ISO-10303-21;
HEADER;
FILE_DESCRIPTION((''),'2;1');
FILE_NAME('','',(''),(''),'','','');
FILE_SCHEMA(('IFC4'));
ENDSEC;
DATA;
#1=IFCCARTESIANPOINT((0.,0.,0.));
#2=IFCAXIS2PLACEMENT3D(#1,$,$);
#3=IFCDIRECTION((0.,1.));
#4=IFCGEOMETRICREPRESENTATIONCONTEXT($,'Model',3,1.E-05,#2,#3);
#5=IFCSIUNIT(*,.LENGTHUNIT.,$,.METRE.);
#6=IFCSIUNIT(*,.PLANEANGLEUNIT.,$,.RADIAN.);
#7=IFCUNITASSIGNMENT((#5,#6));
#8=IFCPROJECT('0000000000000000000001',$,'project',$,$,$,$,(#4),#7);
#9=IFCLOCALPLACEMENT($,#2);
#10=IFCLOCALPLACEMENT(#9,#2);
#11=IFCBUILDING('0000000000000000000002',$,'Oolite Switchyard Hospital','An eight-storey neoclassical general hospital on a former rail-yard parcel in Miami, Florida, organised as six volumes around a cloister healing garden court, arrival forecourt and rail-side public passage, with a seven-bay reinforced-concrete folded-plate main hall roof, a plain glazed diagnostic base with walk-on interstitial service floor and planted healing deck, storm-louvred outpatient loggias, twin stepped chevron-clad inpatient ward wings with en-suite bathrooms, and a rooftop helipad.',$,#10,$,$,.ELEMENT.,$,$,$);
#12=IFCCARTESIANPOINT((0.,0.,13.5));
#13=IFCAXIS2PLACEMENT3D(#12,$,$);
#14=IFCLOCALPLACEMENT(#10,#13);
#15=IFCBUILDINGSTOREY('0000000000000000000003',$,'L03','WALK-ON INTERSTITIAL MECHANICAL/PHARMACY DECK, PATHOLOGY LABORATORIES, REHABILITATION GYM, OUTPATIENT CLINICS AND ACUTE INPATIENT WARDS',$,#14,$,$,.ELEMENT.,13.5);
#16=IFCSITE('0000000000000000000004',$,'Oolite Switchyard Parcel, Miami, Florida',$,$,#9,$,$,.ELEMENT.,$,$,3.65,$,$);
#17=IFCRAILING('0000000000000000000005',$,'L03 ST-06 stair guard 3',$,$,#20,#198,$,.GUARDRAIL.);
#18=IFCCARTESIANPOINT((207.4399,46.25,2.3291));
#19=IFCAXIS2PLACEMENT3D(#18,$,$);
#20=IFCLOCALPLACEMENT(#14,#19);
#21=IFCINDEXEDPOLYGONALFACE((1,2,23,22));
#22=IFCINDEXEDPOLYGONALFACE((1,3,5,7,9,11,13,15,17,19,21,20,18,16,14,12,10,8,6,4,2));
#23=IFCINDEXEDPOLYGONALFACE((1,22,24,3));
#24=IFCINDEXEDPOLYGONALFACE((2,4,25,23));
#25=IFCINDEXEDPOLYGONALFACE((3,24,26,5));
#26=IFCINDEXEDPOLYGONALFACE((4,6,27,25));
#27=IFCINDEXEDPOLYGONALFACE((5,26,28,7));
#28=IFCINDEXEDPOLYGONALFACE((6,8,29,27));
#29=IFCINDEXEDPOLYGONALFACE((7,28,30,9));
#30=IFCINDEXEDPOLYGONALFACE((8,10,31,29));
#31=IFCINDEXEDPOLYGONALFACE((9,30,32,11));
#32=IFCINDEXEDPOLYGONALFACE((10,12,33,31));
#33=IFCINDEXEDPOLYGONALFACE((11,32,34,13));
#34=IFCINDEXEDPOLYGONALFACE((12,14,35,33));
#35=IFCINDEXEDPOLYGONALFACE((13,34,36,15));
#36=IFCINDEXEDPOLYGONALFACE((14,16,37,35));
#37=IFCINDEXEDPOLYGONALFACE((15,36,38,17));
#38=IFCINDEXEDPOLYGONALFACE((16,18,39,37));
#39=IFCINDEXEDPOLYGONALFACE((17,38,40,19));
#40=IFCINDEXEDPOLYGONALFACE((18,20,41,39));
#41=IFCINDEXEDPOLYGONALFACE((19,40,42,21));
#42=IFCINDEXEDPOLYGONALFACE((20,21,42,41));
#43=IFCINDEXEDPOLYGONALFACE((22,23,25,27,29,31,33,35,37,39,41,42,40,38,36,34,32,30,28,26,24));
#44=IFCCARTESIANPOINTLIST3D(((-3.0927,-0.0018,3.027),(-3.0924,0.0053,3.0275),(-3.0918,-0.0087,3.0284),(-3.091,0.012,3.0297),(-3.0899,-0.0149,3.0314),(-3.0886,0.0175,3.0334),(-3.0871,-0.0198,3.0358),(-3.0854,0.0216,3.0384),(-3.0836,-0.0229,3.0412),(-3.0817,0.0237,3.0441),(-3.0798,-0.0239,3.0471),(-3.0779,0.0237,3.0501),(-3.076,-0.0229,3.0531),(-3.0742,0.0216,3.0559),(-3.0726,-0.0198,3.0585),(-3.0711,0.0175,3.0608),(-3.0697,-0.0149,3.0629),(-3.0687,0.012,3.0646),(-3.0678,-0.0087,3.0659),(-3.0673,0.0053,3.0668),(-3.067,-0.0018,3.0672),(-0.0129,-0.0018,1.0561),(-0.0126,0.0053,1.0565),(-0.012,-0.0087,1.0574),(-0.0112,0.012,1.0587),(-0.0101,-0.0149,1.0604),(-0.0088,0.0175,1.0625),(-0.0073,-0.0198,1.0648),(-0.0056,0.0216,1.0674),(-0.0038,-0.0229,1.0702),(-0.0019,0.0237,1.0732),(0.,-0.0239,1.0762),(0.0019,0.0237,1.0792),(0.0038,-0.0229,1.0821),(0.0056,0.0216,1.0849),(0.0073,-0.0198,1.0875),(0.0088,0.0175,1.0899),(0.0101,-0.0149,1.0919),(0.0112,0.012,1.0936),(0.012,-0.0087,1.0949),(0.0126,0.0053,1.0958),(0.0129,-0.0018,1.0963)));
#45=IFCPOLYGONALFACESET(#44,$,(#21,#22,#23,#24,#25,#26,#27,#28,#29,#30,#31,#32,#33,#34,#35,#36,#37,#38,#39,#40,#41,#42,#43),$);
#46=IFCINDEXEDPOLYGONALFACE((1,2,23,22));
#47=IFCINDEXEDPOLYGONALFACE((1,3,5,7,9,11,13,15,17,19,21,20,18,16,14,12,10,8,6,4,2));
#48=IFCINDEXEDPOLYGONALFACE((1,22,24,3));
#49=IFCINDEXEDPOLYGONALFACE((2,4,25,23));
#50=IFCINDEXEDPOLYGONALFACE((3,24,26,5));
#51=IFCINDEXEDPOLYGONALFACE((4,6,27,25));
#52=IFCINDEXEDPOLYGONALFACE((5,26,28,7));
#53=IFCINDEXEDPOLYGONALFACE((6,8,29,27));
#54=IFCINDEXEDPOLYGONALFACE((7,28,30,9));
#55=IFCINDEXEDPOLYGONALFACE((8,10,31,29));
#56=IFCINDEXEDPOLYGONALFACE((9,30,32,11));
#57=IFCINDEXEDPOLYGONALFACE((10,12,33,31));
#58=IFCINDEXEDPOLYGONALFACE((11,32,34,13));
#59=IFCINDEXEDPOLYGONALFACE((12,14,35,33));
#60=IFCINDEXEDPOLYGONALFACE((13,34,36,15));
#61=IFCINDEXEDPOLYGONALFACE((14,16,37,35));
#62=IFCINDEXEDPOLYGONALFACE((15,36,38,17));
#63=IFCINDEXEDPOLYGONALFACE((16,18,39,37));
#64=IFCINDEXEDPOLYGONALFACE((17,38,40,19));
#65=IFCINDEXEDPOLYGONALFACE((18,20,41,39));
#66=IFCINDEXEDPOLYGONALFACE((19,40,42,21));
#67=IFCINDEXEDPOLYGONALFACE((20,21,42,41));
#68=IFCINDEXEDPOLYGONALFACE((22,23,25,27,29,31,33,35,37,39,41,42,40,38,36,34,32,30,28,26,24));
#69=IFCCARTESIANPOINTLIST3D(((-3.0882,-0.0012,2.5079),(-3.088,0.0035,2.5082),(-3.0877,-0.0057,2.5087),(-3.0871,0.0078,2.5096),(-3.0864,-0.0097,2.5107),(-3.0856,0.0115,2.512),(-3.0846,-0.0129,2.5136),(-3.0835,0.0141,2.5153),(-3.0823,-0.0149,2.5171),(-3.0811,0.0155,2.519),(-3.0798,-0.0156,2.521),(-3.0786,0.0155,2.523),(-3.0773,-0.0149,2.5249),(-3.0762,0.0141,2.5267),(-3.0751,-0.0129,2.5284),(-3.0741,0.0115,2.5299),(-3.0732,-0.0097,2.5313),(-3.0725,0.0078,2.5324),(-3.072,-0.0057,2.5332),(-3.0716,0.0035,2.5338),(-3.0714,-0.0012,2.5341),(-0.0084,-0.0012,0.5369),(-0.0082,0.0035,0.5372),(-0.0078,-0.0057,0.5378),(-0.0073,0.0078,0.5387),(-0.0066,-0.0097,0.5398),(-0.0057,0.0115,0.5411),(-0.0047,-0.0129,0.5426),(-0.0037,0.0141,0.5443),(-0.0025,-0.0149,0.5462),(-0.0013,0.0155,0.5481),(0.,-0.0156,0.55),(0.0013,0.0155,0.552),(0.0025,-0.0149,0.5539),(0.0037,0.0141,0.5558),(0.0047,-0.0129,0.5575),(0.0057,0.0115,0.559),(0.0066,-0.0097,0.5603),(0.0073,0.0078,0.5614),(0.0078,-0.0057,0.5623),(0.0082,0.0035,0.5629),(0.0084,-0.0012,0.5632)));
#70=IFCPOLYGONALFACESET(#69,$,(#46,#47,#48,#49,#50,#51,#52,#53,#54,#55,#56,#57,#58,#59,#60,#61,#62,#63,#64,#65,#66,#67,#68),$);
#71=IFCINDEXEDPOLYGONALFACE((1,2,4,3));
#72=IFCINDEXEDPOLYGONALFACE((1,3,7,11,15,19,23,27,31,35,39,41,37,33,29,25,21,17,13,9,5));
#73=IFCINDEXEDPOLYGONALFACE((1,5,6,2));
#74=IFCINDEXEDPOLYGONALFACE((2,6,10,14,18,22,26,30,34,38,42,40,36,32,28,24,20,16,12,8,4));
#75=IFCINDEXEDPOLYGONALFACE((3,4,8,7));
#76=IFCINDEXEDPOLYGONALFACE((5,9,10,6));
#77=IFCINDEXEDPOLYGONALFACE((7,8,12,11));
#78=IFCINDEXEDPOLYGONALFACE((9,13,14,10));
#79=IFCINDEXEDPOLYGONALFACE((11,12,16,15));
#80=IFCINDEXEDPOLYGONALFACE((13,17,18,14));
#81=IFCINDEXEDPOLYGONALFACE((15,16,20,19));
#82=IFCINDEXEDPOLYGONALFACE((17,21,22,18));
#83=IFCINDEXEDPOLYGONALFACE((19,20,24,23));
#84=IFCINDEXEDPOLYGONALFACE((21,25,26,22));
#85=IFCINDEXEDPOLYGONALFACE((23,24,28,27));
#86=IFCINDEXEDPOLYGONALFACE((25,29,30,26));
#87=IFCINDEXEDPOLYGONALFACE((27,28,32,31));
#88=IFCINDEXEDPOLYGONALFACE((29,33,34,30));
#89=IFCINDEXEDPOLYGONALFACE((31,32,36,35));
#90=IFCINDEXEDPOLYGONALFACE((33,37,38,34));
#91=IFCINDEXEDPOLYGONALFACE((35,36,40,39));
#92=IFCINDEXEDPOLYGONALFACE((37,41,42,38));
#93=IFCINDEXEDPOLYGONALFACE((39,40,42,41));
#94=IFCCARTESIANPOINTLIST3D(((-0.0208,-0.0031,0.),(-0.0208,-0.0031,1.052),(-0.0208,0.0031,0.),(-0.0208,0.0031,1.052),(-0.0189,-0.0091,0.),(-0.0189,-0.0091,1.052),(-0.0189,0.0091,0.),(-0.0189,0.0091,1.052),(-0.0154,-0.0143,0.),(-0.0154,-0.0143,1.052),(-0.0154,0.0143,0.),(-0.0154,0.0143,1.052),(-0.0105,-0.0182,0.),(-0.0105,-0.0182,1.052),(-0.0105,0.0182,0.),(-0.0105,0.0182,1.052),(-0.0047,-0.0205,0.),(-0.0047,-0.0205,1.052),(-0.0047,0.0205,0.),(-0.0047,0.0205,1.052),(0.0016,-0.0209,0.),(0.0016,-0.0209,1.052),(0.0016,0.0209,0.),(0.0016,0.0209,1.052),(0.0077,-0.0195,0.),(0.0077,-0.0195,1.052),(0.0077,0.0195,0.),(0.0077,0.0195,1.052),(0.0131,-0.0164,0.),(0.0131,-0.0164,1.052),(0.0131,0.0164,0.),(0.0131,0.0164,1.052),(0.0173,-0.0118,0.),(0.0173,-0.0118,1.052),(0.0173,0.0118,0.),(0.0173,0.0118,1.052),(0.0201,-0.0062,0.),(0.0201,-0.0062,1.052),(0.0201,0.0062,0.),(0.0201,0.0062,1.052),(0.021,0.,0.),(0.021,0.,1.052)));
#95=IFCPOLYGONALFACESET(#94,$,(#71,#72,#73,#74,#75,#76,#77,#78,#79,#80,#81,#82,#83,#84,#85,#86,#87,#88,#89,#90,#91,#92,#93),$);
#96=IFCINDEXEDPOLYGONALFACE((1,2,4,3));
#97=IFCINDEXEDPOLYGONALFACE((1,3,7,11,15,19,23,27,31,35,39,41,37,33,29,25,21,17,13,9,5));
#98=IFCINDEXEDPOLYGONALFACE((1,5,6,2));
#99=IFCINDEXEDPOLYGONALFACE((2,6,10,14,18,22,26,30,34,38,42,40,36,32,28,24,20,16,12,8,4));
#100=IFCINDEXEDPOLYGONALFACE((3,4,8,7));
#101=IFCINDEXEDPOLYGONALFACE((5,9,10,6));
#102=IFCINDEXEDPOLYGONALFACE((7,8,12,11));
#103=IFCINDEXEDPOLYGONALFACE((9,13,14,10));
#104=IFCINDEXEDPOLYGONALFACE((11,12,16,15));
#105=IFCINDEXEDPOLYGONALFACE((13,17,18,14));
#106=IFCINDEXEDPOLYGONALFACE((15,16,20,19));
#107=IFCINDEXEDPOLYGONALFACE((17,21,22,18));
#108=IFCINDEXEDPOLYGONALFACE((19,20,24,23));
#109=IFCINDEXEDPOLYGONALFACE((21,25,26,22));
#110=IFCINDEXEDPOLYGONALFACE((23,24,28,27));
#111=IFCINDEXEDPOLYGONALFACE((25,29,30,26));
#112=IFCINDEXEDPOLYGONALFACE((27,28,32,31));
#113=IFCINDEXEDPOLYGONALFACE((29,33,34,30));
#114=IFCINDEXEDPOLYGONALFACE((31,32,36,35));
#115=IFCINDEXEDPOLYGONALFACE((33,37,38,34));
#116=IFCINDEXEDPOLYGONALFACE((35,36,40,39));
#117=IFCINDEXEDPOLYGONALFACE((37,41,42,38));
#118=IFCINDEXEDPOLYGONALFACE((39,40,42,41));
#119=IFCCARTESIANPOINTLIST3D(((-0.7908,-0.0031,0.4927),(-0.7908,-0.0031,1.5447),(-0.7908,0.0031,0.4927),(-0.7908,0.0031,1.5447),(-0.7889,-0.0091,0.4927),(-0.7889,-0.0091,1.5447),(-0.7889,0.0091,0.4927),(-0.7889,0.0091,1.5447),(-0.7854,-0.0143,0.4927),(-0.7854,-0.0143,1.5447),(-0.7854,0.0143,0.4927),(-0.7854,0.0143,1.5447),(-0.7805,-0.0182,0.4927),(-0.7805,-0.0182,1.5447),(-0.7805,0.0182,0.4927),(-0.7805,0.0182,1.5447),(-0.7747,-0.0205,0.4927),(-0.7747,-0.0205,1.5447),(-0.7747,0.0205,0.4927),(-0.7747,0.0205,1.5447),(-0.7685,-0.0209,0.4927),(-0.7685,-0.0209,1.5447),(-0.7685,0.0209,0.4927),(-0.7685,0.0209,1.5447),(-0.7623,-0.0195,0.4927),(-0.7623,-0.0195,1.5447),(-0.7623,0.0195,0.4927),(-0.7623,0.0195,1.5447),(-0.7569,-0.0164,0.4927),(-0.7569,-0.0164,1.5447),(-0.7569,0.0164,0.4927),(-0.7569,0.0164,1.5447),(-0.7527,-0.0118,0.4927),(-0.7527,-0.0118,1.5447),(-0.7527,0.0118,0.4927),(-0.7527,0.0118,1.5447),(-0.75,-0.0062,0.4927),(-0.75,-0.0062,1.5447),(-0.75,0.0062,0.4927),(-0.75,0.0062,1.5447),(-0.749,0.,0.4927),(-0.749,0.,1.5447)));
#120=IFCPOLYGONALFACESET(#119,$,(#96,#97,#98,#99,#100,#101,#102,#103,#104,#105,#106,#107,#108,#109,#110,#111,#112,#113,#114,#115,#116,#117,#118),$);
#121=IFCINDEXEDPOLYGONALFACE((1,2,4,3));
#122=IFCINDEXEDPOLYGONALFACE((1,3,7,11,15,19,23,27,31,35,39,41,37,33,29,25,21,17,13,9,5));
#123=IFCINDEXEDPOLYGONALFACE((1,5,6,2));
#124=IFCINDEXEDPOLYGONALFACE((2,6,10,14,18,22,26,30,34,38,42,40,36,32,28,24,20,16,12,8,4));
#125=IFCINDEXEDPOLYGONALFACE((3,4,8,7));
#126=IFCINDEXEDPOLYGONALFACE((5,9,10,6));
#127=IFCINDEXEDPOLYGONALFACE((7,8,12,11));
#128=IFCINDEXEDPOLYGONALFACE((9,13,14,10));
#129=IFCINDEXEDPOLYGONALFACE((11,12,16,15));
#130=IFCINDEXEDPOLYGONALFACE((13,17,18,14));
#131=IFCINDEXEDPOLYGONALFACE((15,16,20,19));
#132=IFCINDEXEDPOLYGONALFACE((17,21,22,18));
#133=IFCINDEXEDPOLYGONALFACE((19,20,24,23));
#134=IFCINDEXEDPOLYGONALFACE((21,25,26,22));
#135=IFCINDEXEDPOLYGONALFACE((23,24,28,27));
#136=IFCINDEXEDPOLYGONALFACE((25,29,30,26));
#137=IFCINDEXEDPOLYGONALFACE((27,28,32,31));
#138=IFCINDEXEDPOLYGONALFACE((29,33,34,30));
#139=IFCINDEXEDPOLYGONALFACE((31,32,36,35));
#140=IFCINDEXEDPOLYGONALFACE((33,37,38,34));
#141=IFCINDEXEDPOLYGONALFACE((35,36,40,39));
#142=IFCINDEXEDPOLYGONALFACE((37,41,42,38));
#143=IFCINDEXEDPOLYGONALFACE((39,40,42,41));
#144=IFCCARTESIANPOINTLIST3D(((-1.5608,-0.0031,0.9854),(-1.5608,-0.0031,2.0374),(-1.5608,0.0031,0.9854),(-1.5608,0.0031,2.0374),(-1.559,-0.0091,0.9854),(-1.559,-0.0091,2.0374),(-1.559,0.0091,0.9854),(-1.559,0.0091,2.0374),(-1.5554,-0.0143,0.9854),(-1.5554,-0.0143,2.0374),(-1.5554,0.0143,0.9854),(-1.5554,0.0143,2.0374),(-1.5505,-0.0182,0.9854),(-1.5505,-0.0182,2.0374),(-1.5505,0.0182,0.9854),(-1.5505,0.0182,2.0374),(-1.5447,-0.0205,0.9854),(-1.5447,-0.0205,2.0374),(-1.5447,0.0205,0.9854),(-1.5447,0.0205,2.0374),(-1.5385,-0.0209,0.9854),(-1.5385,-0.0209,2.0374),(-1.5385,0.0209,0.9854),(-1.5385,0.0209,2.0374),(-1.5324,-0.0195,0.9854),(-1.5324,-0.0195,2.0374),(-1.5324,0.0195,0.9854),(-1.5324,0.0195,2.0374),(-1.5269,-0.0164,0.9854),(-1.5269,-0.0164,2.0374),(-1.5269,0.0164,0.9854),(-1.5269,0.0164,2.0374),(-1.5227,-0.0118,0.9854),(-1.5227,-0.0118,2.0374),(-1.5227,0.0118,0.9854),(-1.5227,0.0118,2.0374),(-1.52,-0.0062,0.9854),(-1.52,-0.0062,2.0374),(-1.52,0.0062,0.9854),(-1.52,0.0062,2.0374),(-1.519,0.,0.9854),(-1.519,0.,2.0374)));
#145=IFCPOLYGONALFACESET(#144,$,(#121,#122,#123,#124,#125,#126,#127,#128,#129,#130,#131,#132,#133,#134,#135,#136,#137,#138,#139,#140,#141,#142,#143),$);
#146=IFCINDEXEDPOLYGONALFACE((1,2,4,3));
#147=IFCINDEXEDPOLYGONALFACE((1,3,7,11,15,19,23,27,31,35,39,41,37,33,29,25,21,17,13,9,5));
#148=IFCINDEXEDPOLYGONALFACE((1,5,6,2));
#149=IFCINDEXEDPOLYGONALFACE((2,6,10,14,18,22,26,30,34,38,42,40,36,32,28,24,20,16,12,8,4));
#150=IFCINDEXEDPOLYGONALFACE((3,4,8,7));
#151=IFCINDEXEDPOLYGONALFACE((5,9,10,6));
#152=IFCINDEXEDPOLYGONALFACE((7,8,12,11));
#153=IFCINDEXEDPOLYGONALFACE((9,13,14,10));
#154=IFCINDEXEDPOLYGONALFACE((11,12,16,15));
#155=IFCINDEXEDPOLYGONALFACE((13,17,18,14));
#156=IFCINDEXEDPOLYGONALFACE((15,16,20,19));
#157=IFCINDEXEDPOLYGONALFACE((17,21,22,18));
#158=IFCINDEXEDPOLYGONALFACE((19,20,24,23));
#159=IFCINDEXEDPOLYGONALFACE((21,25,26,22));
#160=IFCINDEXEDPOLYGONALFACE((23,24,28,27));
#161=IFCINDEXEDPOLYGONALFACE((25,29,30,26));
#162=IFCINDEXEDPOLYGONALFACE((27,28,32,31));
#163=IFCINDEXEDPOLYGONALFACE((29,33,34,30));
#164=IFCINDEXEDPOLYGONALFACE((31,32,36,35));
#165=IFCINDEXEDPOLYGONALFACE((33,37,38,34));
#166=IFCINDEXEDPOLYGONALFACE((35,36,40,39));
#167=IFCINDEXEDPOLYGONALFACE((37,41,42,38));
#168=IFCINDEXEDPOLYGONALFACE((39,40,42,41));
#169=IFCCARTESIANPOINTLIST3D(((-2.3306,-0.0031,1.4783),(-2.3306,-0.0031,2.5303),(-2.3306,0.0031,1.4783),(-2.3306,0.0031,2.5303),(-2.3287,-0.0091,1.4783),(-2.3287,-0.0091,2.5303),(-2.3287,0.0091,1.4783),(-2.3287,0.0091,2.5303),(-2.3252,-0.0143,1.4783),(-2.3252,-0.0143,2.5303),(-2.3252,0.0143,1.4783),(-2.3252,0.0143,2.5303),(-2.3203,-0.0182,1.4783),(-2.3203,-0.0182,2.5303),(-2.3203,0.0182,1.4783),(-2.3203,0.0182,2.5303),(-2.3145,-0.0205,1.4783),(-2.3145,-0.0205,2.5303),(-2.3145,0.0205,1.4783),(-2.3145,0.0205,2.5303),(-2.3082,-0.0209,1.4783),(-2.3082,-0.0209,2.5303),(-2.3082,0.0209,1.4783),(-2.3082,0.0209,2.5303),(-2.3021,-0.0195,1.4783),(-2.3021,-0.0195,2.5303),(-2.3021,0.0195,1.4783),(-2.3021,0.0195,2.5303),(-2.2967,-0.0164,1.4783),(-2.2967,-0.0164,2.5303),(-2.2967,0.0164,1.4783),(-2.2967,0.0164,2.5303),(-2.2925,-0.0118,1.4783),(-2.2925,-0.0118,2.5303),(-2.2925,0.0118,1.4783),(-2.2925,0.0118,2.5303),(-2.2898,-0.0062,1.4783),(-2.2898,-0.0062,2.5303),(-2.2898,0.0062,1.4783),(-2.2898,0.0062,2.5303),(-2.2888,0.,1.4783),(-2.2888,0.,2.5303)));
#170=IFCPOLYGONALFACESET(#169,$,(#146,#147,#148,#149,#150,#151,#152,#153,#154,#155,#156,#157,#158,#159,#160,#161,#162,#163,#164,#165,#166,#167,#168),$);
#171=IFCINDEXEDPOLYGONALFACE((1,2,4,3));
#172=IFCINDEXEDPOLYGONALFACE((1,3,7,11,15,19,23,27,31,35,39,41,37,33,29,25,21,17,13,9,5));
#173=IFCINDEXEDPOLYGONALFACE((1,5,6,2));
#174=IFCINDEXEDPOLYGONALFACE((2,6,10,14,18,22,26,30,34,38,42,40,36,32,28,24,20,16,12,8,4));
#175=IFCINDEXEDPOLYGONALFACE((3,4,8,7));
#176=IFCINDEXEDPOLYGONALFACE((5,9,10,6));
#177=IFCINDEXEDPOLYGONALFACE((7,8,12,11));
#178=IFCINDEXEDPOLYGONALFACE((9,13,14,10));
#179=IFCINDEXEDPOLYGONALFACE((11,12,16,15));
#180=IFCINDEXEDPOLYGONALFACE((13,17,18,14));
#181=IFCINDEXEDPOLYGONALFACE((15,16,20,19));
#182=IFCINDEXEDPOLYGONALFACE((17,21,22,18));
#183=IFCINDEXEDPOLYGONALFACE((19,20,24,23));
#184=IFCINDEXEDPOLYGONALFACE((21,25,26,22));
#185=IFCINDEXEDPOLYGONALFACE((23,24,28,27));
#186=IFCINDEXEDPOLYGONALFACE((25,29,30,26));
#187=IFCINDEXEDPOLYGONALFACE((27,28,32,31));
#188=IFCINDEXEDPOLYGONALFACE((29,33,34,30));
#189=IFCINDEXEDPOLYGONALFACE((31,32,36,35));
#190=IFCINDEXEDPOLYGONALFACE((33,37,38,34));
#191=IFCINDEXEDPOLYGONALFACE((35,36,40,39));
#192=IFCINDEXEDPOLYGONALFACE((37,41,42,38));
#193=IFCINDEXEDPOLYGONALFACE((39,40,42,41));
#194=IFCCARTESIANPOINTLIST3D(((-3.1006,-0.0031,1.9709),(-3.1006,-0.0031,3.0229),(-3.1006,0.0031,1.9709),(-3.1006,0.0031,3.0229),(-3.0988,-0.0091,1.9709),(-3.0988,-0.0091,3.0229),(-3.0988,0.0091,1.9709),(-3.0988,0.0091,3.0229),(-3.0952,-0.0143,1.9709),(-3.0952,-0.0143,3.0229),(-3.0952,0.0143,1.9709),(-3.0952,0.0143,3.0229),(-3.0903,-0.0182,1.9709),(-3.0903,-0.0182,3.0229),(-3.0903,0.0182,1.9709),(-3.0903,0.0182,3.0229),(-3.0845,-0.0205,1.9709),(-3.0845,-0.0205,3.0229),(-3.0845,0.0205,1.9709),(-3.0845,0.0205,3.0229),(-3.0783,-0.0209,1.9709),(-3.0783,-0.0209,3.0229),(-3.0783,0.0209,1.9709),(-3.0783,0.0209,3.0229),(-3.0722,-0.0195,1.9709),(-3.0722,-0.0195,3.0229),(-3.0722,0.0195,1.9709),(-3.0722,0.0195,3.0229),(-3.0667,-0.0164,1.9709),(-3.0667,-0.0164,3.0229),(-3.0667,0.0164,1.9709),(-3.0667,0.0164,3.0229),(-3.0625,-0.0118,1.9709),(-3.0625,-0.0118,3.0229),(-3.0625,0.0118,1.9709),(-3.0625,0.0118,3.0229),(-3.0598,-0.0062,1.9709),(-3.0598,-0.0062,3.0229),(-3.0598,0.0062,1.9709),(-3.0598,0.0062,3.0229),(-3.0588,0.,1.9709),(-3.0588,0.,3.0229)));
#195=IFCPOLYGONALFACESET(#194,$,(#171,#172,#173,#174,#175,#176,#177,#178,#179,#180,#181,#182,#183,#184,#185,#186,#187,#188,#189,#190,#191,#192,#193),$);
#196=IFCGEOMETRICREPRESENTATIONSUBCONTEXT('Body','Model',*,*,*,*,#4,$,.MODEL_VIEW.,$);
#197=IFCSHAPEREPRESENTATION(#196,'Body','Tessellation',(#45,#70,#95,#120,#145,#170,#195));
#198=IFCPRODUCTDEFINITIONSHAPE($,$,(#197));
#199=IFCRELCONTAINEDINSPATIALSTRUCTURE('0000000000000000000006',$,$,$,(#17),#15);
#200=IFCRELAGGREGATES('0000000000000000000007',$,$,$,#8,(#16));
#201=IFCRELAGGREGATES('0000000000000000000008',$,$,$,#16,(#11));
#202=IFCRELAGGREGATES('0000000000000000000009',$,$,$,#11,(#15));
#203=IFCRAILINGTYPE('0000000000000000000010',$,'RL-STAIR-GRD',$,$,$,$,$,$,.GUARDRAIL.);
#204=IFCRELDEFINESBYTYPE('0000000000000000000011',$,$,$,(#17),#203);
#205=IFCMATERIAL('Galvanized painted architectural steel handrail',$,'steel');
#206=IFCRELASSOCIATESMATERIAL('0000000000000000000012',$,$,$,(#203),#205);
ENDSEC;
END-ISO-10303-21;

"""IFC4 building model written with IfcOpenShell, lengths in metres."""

from ifc_helpers import new_model, si_unit, direction, frame, origin, origin_2d, place, context, subcontext, project, spatial, circle, extrude, material, type_object, element, save


model = new_model("IFC4")

# Units and contexts
model_context = context("Model", 3, precision=1e-05, world=origin(), true_north=direction((0.0, 1.0)))
body_context = subcontext(model_context, "Body", "Model", "MODEL_VIEW")
ifc_project = project(units=[si_unit("LENGTHUNIT", "METRE"), si_unit("PLANEANGLEUNIT", "RADIAN")], contexts=[model_context])

# Site, building, storey
site_placement = place(None, origin())
site = spatial("IfcSite", under=ifc_project, at=site_placement, Name="Oolite Switchyard Parcel, Miami, Florida", CompositionType="ELEMENT", RefElevation=3.65)
building_placement = place(site_placement, origin())
building = spatial("IfcBuilding", under=site, at=building_placement, Name="Oolite Switchyard Hospital", Description="An eight-storey neoclassical general hospital on a former rail-yard parcel in Miami, Florida, organised as six volumes around a cloister healing garden court, arrival forecourt and rail-side public passage, with a seven-bay reinforced-concrete folded-plate main hall roof, a plain glazed diagnostic base with walk-on interstitial service floor and planted healing deck, storm-louvred outpatient loggias, twin stepped chevron-clad inpatient ward wings with en-suite bathrooms, and a rooftop helipad.", CompositionType="ELEMENT")
storey_placement = place(building_placement, frame((0.0, 0.0, 13.5)))
storey = spatial("IfcBuildingStorey", under=building, at=storey_placement, Name="L03", Description="WALK-ON INTERSTITIAL MECHANICAL/PHARMACY DECK, PATHOLOGY LABORATORIES, REHABILITATION GYM, OUTPATIENT CLINICS AND ACUTE INPATIENT WARDS", CompositionType="ELEMENT", Elevation=13.5)

# Railing
ifc_material_1 = material(Name="Galvanized painted architectural steel handrail", Category="steel")
railing_type_1 = type_object("IfcRailingType", Name="RL-STAIR-GRD", PredefinedType="GUARDRAIL", material=ifc_material_1)
railing_1_placement = place(storey_placement, frame((207.4399, 46.25, 2.3291)))
element("IfcRailing", 1, at=railing_1_placement, inside=storey, type_object=railing_type_1, Name="L03 ST-06 stair guard 3", PredefinedType="GUARDRAIL", context=body_context, shape_type="SweptSolid", body=[
    extrude(circle(Radius=0.0239, at=origin_2d()), frame((0.0, 0.0, 1.0762), z_axis=(-0.84229, 0.0, 0.539025), x_axis=(0.0, -1.0, 0.0)), (0.0, 0.0, 1.0), 3.6565),
    extrude(circle(Radius=0.0156, at=origin_2d()), frame((0.0, 0.0, 0.55), z_axis=(-0.84229, 0.0, 0.539025), x_axis=(0.0, -1.0, 0.0)), (0.0, 0.0, 1.0), 3.6565),
    extrude(circle(Radius=0.021, at=origin_2d()), origin(), (0.0, 0.0, 1.0), 1.052),
    extrude(circle(Radius=0.021, at=origin_2d()), frame((-0.77, 0.0, 0.4927)), (0.0, 0.0, 1.0), 1.052),
    extrude(circle(Radius=0.021, at=origin_2d()), frame((-1.54, 0.0, 0.9854)), (0.0, 0.0, 1.0), 1.052),
    extrude(circle(Radius=0.021, at=origin_2d()), frame((-2.3098, 0.0, 1.4783)), (0.0, 0.0, 1.0), 1.052),
    extrude(circle(Radius=0.021, at=origin_2d()), frame((-3.0798, 0.0, 1.9709)), (0.0, 0.0, 1.0), 1.052),
])

save(model, "model.ifc")
